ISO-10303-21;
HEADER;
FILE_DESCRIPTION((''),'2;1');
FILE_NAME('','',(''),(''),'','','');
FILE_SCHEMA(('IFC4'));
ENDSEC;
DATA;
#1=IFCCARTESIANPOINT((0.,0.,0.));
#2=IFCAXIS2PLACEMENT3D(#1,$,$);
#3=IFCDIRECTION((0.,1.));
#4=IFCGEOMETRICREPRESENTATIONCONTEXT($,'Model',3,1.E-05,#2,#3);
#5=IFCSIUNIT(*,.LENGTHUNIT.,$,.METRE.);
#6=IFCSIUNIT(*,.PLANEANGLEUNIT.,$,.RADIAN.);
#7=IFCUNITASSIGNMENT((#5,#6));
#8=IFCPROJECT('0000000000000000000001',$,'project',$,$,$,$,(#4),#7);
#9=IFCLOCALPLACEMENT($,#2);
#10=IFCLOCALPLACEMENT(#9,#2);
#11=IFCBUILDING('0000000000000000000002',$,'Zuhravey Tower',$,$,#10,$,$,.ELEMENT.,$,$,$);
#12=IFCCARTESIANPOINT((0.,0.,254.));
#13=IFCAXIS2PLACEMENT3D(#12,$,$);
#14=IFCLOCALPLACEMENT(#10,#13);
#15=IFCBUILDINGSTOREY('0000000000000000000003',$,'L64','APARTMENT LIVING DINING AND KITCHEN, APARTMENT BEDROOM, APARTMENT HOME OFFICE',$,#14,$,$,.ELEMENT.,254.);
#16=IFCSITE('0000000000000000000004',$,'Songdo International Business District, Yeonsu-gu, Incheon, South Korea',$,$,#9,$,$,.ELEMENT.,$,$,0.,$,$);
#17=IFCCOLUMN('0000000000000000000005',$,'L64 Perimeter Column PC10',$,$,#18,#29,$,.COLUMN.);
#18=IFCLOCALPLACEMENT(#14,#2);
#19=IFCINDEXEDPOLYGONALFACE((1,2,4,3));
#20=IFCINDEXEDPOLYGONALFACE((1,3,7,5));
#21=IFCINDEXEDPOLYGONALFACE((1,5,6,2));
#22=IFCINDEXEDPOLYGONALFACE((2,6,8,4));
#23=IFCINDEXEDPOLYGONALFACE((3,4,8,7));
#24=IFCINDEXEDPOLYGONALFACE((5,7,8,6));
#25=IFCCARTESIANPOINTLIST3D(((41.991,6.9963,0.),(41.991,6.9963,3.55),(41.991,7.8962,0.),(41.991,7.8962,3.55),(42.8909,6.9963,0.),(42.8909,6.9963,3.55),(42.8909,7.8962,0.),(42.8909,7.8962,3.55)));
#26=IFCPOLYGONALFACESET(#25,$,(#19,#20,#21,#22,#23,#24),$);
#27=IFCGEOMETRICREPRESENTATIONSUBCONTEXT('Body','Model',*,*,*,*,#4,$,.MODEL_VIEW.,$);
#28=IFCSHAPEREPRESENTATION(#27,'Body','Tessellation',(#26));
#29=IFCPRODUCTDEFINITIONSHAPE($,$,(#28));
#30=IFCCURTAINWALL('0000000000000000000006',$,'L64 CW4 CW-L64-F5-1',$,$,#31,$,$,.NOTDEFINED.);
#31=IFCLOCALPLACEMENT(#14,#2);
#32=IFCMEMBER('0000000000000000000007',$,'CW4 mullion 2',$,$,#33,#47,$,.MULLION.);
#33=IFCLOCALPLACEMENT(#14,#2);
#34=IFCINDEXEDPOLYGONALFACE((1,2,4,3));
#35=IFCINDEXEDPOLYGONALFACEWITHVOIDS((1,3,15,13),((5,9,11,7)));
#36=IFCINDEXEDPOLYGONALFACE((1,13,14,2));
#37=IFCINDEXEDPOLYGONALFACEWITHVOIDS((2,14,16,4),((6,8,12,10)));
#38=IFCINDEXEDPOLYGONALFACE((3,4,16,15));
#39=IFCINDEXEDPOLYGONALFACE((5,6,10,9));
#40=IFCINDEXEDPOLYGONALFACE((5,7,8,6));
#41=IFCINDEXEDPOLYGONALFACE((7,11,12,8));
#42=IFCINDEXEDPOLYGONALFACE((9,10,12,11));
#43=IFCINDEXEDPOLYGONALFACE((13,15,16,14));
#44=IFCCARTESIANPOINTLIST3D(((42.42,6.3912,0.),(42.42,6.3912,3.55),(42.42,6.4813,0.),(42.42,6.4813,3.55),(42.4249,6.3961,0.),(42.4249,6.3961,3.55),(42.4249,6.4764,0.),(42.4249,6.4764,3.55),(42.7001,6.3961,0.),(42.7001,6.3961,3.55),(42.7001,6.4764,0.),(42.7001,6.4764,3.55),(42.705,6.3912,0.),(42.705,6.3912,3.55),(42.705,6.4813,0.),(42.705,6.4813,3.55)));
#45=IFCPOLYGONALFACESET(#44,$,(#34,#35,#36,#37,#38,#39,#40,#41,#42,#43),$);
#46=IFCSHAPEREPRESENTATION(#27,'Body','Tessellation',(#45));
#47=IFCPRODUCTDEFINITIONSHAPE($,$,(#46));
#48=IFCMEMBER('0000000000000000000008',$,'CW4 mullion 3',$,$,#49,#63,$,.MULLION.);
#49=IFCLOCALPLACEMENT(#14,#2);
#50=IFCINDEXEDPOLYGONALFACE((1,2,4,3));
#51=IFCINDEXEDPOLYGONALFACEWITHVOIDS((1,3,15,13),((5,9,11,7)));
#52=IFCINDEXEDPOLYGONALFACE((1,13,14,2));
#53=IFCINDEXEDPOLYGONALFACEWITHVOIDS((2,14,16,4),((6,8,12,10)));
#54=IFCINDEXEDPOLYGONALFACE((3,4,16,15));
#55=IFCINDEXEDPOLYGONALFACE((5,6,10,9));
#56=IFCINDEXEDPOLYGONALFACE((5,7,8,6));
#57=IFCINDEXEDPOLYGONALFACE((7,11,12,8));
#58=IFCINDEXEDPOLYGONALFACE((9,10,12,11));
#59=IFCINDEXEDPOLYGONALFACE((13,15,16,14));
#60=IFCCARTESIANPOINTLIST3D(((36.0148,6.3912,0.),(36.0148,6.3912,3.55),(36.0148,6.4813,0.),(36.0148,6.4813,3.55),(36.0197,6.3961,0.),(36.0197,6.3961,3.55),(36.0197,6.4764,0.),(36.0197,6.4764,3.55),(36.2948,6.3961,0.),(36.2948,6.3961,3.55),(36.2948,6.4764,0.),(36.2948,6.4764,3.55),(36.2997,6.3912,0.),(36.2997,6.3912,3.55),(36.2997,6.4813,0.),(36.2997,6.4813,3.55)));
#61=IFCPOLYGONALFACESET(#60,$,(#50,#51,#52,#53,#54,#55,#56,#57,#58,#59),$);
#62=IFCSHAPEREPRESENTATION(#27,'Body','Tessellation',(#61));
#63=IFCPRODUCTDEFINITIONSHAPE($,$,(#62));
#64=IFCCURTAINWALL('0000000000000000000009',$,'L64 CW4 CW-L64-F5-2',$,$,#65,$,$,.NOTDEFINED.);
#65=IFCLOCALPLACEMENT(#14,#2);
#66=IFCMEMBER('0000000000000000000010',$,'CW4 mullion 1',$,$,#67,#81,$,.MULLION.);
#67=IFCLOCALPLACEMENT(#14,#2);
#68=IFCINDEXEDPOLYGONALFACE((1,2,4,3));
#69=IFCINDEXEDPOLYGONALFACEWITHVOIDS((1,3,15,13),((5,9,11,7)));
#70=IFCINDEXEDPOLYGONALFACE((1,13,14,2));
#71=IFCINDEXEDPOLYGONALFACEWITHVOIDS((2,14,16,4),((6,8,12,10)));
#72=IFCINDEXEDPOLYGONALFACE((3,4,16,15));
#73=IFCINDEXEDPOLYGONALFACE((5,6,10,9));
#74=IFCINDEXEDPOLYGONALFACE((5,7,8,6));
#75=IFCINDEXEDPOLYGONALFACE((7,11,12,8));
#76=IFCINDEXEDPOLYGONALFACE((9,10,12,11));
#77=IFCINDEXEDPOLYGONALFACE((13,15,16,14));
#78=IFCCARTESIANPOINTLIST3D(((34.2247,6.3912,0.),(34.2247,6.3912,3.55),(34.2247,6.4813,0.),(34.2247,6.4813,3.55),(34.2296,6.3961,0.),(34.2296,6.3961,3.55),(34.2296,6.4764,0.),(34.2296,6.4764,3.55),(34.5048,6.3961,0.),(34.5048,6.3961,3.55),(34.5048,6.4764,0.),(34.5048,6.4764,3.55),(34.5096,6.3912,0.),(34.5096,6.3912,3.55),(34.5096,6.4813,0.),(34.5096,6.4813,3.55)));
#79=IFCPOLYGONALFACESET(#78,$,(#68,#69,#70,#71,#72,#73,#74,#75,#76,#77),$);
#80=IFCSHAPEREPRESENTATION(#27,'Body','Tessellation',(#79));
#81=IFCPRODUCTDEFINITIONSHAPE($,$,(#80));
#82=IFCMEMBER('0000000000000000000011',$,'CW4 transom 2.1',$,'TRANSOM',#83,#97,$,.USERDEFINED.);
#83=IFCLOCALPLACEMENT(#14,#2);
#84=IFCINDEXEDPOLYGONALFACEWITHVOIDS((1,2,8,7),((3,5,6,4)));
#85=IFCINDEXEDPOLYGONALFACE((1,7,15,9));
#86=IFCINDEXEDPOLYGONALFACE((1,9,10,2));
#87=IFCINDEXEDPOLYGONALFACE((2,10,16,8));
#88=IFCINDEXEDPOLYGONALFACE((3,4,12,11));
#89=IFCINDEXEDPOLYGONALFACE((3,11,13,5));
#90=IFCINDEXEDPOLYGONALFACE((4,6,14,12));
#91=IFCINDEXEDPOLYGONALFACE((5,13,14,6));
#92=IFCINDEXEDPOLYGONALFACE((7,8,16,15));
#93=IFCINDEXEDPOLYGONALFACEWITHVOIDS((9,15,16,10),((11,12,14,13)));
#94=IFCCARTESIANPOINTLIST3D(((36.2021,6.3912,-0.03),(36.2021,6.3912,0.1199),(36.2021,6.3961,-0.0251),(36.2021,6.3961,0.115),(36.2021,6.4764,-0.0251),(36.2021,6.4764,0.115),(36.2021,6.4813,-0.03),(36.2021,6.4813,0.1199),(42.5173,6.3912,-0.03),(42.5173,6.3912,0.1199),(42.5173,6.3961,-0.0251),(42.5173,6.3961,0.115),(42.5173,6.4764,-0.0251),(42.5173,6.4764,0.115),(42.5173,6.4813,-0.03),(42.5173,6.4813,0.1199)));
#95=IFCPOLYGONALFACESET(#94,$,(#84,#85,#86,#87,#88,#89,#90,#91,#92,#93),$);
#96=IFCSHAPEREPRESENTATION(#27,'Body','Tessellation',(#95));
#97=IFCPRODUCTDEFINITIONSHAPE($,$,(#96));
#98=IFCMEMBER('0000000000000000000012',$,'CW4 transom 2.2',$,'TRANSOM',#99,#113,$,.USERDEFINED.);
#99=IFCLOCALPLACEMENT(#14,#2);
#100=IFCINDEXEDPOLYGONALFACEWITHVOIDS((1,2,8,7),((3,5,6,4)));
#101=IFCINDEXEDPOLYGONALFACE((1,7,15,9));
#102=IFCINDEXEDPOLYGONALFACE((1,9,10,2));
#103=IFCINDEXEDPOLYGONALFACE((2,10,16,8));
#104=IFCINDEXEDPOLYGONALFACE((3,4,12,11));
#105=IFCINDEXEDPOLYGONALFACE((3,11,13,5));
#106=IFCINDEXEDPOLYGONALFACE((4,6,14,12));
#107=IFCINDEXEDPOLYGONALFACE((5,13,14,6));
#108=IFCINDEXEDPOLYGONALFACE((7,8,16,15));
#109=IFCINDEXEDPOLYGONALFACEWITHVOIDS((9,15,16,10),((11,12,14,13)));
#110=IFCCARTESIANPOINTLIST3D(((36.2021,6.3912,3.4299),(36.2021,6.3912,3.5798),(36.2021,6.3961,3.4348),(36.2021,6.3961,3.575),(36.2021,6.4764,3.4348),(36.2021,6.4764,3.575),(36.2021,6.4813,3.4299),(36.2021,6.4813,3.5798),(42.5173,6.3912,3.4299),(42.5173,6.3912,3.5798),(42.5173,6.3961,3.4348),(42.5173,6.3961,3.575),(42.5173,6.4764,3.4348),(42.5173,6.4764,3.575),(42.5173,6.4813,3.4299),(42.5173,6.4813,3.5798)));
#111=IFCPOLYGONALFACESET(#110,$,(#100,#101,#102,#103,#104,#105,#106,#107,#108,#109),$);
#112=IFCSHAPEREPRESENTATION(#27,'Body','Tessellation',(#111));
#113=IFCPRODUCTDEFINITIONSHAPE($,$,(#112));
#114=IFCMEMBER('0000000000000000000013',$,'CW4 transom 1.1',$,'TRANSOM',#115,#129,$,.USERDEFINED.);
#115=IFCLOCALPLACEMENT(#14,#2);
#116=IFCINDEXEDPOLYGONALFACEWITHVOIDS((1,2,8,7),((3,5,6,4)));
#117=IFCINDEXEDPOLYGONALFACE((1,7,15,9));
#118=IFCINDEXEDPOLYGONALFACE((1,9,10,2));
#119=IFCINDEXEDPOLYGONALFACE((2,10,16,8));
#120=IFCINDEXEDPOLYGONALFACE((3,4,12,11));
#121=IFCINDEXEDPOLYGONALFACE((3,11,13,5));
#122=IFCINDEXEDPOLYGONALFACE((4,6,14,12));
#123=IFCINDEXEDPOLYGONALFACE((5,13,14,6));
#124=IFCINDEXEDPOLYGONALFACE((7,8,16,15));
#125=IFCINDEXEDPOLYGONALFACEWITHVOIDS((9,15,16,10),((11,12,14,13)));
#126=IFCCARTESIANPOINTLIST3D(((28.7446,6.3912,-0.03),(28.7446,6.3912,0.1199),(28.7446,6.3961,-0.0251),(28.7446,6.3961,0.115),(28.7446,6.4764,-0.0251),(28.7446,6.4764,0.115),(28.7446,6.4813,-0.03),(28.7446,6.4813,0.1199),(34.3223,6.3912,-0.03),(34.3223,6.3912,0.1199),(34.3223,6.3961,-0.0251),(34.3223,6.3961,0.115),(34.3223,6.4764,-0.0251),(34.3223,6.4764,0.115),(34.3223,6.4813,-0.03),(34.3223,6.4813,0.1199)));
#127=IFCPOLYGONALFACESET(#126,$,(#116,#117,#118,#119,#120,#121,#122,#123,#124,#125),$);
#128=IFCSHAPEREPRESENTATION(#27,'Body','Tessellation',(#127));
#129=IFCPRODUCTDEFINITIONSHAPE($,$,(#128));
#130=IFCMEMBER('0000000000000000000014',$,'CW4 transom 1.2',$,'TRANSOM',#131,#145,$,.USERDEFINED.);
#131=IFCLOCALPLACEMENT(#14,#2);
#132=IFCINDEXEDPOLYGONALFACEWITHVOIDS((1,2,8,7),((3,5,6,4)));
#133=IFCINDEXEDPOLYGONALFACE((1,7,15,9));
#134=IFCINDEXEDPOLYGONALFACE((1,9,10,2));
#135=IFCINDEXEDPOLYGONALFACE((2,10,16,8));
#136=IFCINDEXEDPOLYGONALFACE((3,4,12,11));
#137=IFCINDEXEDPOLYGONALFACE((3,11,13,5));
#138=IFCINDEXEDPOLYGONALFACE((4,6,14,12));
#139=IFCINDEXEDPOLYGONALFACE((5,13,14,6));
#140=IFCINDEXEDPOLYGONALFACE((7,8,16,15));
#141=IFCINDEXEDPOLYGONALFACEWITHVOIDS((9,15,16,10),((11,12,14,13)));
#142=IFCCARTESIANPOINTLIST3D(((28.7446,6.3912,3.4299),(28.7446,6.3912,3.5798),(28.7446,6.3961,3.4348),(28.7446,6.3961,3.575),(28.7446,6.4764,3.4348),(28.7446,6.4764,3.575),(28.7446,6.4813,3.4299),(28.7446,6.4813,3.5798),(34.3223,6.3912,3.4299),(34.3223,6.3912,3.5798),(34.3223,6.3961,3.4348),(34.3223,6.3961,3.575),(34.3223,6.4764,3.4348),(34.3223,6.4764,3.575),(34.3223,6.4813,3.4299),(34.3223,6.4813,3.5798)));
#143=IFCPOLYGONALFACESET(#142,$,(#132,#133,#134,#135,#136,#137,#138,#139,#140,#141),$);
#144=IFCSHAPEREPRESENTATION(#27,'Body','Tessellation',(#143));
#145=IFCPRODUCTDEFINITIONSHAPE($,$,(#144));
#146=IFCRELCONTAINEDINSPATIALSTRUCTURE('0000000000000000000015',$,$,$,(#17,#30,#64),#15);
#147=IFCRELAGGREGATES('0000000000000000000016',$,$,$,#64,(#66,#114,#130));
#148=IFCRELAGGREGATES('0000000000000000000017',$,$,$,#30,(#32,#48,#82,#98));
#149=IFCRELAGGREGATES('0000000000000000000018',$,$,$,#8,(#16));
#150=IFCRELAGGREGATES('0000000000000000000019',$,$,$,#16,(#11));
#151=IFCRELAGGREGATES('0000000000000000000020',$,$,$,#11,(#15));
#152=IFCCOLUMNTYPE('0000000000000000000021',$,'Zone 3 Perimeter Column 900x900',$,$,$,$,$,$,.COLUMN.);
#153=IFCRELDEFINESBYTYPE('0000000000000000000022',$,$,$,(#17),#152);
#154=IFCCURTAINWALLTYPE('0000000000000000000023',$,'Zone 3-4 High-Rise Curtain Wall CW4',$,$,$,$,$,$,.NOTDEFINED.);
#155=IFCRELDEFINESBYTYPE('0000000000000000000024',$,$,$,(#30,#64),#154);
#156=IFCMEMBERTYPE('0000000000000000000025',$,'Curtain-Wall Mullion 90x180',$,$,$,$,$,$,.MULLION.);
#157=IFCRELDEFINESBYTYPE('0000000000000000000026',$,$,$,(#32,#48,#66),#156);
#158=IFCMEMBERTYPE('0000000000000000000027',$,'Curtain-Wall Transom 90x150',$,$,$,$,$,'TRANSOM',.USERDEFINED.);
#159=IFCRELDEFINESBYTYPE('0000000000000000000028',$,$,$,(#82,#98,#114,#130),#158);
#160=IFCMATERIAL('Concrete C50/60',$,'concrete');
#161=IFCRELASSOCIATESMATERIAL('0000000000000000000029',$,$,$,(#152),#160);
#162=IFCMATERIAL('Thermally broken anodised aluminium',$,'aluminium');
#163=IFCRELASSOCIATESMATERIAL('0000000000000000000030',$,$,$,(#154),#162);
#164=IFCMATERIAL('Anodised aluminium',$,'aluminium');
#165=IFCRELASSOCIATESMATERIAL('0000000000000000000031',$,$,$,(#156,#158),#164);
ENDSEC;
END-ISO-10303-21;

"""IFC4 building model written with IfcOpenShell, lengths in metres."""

from ifc_helpers import new_model, si_unit, direction, frame, origin, origin_2d, place, context, subcontext, project, spatial, rectangle, hollow_rectangle, extrude, material, material_profile, profile_set, type_object, element, aggregate, save


model = new_model("IFC4")

# Units and contexts
model_context = context("Model", 3, precision=1e-05, world=origin(), true_north=direction((0.0, 1.0)))
body_context = subcontext(model_context, "Body", "Model", "MODEL_VIEW")
ifc_project = project(units=[si_unit("LENGTHUNIT", "METRE"), si_unit("PLANEANGLEUNIT", "RADIAN")], contexts=[model_context])

# Site, building, storey
site_placement = place(None, origin())
site = spatial("IfcSite", under=ifc_project, at=site_placement, Name="Songdo International Business District, Yeonsu-gu, Incheon, South Korea", CompositionType="ELEMENT", RefElevation=0.0)
building_placement = place(site_placement, origin())
building = spatial("IfcBuilding", under=site, at=building_placement, Name="Zuhravey Tower", CompositionType="ELEMENT")
storey_placement = place(building_placement, frame((0.0, 0.0, 254.0)))
storey = spatial("IfcBuildingStorey", under=building, at=storey_placement, Name="L64", Description="APARTMENT LIVING DINING AND KITCHEN, APARTMENT BEDROOM, APARTMENT HOME OFFICE", CompositionType="ELEMENT", Elevation=254.0)

# Column
ifc_material_1 = material(Name="Concrete C50/60", Category="concrete")
ifc_material_profile_1 = material_profile(ifc_material_1, rectangle(XDim=0.8999, YDim=0.8999, at=origin_2d()), Name="RC-900x900")
ifc_profile_set_1 = profile_set([ifc_material_profile_1], Name="Concrete C50/60")
column_type = type_object("IfcColumnType", Name="Zone 3 Perimeter Column 900x900", PredefinedType="COLUMN", material=ifc_profile_set_1)
column_placement = place(storey_placement, frame((42.4409, 7.4463, 0.0), z_axis=(0.0, 0.0, 1.0), x_axis=(1.0, 0.0, 0.0)))
element("IfcColumn", 1, at=column_placement, inside=storey, type_object=column_type, Name="L64 Perimeter Column PC10", PredefinedType="COLUMN", context=body_context, shape_type="SweptSolid", body=[
    extrude(rectangle(XDim=0.8999, YDim=0.8999, at=origin_2d()), origin(), (0.0, 0.0, 1.0), 3.55),
])

# Curtain wall, members
ifc_material_2 = material(Name="Thermally broken anodised aluminium", Category="aluminium")
curtain_wall_type = type_object("IfcCurtainWallType", Name="Zone 3-4 High-Rise Curtain Wall CW4", PredefinedType="NOTDEFINED", material=ifc_material_2)
curtain_wall_1_placement = place(storey_placement, origin())
curtain_wall_1 = element("IfcCurtainWall", 2, at=curtain_wall_1_placement, inside=storey, type_object=curtain_wall_type, Name="L64 CW4 CW-L64-F5-1", PredefinedType="NOTDEFINED")
ifc_material_3 = material(Name="Anodised aluminium", Category="aluminium")
ifc_material_profile_2 = material_profile(ifc_material_3, hollow_rectangle(XDim=0.0901, YDim=0.2849, WallThickness=0.0049, at=origin_2d()), Name="ALU-RHS-90x285x5")
ifc_profile_set_2 = profile_set([ifc_material_profile_2], Name="Anodised aluminium")
member_type_1 = type_object("IfcMemberType", Name="Curtain-Wall Mullion 90x180", PredefinedType="MULLION", material=ifc_profile_set_2)
member_1_placement = place(storey_placement, frame((42.5625, 6.4363, 0.0), z_axis=(0.0, 0.0, 1.0), x_axis=(0.0, -1.0, 0.0)))
member_1 = element("IfcMember", 3, at=member_1_placement, type_object=member_type_1, Name="CW4 mullion 2", PredefinedType="MULLION", context=body_context, shape_type="SweptSolid", body=[
    extrude(hollow_rectangle(XDim=0.0901, YDim=0.2849, WallThickness=0.0049, at=origin_2d()), origin(), (0.0, 0.0, 1.0), 3.55),
])
member_2_placement = place(storey_placement, frame((36.1572, 6.4363, 0.0), z_axis=(0.0, 0.0, 1.0), x_axis=(0.0, -1.0, 0.0)))
member_2 = element("IfcMember", 4, at=member_2_placement, type_object=member_type_1, Name="CW4 mullion 3", PredefinedType="MULLION", context=body_context, shape_type="SweptSolid", body=[
    extrude(hollow_rectangle(XDim=0.0901, YDim=0.2849, WallThickness=0.0049, at=origin_2d()), origin(), (0.0, 0.0, 1.0), 3.55),
])

# Curtain wall, member
curtain_wall_2_placement = place(storey_placement, origin())
curtain_wall_2 = element("IfcCurtainWall", 5, at=curtain_wall_2_placement, inside=storey, type_object=curtain_wall_type, Name="L64 CW4 CW-L64-F5-2", PredefinedType="NOTDEFINED")
member_3_placement = place(storey_placement, frame((34.3672, 6.4363, 0.0), z_axis=(0.0, 0.0, 1.0), x_axis=(0.0, -1.0, 0.0)))
member_3 = element("IfcMember", 6, at=member_3_placement, type_object=member_type_1, Name="CW4 mullion 1", PredefinedType="MULLION", context=body_context, shape_type="SweptSolid", body=[
    extrude(hollow_rectangle(XDim=0.0901, YDim=0.2849, WallThickness=0.0049, at=origin_2d()), origin(), (0.0, 0.0, 1.0), 3.55),
])

# Members
ifc_material_profile_3 = material_profile(ifc_material_3, hollow_rectangle(XDim=0.0901, YDim=0.1499, WallThickness=0.0049, at=origin_2d()), Name="ALU-RHS-90x150x5")
ifc_profile_set_3 = profile_set([ifc_material_profile_3], Name="Anodised aluminium")
member_type_2 = type_object("IfcMemberType", Name="Curtain-Wall Transom 90x150", ElementType="TRANSOM", PredefinedType="USERDEFINED", material=ifc_profile_set_3)
member_4_placement = place(storey_placement, frame((42.5173, 6.4363, 0.0449), z_axis=(-1.0, 0.0, 0.0), x_axis=(0.0, -1.0, 0.0)))
member_4 = element("IfcMember", 7, at=member_4_placement, type_object=member_type_2, Name="CW4 transom 2.1", ObjectType="TRANSOM", PredefinedType="USERDEFINED", context=body_context, shape_type="SweptSolid", body=[
    extrude(hollow_rectangle(XDim=0.0901, YDim=0.1499, WallThickness=0.0049, at=origin_2d()), origin(), (0.0, 0.0, 1.0), 6.3152),
])
member_5_placement = place(storey_placement, frame((42.5173, 6.4363, 3.5049), z_axis=(-1.0, 0.0, 0.0), x_axis=(0.0, -1.0, 0.0)))
member_5 = element("IfcMember", 8, at=member_5_placement, type_object=member_type_2, Name="CW4 transom 2.2", ObjectType="TRANSOM", PredefinedType="USERDEFINED", context=body_context, shape_type="SweptSolid", body=[
    extrude(hollow_rectangle(XDim=0.0901, YDim=0.1499, WallThickness=0.0049, at=origin_2d()), origin(), (0.0, 0.0, 1.0), 6.3152),
])
member_6_placement = place(storey_placement, frame((34.3223, 6.4363, 0.0449), z_axis=(-1.0, 0.0, 0.0), x_axis=(0.0, -1.0, 0.0)))
member_6 = element("IfcMember", 9, at=member_6_placement, type_object=member_type_2, Name="CW4 transom 1.1", ObjectType="TRANSOM", PredefinedType="USERDEFINED", context=body_context, shape_type="SweptSolid", body=[
    extrude(hollow_rectangle(XDim=0.0901, YDim=0.1499, WallThickness=0.0049, at=origin_2d()), origin(), (0.0, 0.0, 1.0), 5.5776),
])
member_7_placement = place(storey_placement, frame((34.3223, 6.4363, 3.5049), z_axis=(-1.0, 0.0, 0.0), x_axis=(0.0, -1.0, 0.0)))
member_7 = element("IfcMember", 10, at=member_7_placement, type_object=member_type_2, Name="CW4 transom 1.2", ObjectType="TRANSOM", PredefinedType="USERDEFINED", context=body_context, shape_type="SweptSolid", body=[
    extrude(hollow_rectangle(XDim=0.0901, YDim=0.1499, WallThickness=0.0049, at=origin_2d()), origin(), (0.0, 0.0, 1.0), 5.5776),
])
aggregate(curtain_wall_2, [member_3, member_6, member_7])

aggregate(curtain_wall_1, [member_1, member_2, member_4, member_5])

save(model, "model.ifc")
